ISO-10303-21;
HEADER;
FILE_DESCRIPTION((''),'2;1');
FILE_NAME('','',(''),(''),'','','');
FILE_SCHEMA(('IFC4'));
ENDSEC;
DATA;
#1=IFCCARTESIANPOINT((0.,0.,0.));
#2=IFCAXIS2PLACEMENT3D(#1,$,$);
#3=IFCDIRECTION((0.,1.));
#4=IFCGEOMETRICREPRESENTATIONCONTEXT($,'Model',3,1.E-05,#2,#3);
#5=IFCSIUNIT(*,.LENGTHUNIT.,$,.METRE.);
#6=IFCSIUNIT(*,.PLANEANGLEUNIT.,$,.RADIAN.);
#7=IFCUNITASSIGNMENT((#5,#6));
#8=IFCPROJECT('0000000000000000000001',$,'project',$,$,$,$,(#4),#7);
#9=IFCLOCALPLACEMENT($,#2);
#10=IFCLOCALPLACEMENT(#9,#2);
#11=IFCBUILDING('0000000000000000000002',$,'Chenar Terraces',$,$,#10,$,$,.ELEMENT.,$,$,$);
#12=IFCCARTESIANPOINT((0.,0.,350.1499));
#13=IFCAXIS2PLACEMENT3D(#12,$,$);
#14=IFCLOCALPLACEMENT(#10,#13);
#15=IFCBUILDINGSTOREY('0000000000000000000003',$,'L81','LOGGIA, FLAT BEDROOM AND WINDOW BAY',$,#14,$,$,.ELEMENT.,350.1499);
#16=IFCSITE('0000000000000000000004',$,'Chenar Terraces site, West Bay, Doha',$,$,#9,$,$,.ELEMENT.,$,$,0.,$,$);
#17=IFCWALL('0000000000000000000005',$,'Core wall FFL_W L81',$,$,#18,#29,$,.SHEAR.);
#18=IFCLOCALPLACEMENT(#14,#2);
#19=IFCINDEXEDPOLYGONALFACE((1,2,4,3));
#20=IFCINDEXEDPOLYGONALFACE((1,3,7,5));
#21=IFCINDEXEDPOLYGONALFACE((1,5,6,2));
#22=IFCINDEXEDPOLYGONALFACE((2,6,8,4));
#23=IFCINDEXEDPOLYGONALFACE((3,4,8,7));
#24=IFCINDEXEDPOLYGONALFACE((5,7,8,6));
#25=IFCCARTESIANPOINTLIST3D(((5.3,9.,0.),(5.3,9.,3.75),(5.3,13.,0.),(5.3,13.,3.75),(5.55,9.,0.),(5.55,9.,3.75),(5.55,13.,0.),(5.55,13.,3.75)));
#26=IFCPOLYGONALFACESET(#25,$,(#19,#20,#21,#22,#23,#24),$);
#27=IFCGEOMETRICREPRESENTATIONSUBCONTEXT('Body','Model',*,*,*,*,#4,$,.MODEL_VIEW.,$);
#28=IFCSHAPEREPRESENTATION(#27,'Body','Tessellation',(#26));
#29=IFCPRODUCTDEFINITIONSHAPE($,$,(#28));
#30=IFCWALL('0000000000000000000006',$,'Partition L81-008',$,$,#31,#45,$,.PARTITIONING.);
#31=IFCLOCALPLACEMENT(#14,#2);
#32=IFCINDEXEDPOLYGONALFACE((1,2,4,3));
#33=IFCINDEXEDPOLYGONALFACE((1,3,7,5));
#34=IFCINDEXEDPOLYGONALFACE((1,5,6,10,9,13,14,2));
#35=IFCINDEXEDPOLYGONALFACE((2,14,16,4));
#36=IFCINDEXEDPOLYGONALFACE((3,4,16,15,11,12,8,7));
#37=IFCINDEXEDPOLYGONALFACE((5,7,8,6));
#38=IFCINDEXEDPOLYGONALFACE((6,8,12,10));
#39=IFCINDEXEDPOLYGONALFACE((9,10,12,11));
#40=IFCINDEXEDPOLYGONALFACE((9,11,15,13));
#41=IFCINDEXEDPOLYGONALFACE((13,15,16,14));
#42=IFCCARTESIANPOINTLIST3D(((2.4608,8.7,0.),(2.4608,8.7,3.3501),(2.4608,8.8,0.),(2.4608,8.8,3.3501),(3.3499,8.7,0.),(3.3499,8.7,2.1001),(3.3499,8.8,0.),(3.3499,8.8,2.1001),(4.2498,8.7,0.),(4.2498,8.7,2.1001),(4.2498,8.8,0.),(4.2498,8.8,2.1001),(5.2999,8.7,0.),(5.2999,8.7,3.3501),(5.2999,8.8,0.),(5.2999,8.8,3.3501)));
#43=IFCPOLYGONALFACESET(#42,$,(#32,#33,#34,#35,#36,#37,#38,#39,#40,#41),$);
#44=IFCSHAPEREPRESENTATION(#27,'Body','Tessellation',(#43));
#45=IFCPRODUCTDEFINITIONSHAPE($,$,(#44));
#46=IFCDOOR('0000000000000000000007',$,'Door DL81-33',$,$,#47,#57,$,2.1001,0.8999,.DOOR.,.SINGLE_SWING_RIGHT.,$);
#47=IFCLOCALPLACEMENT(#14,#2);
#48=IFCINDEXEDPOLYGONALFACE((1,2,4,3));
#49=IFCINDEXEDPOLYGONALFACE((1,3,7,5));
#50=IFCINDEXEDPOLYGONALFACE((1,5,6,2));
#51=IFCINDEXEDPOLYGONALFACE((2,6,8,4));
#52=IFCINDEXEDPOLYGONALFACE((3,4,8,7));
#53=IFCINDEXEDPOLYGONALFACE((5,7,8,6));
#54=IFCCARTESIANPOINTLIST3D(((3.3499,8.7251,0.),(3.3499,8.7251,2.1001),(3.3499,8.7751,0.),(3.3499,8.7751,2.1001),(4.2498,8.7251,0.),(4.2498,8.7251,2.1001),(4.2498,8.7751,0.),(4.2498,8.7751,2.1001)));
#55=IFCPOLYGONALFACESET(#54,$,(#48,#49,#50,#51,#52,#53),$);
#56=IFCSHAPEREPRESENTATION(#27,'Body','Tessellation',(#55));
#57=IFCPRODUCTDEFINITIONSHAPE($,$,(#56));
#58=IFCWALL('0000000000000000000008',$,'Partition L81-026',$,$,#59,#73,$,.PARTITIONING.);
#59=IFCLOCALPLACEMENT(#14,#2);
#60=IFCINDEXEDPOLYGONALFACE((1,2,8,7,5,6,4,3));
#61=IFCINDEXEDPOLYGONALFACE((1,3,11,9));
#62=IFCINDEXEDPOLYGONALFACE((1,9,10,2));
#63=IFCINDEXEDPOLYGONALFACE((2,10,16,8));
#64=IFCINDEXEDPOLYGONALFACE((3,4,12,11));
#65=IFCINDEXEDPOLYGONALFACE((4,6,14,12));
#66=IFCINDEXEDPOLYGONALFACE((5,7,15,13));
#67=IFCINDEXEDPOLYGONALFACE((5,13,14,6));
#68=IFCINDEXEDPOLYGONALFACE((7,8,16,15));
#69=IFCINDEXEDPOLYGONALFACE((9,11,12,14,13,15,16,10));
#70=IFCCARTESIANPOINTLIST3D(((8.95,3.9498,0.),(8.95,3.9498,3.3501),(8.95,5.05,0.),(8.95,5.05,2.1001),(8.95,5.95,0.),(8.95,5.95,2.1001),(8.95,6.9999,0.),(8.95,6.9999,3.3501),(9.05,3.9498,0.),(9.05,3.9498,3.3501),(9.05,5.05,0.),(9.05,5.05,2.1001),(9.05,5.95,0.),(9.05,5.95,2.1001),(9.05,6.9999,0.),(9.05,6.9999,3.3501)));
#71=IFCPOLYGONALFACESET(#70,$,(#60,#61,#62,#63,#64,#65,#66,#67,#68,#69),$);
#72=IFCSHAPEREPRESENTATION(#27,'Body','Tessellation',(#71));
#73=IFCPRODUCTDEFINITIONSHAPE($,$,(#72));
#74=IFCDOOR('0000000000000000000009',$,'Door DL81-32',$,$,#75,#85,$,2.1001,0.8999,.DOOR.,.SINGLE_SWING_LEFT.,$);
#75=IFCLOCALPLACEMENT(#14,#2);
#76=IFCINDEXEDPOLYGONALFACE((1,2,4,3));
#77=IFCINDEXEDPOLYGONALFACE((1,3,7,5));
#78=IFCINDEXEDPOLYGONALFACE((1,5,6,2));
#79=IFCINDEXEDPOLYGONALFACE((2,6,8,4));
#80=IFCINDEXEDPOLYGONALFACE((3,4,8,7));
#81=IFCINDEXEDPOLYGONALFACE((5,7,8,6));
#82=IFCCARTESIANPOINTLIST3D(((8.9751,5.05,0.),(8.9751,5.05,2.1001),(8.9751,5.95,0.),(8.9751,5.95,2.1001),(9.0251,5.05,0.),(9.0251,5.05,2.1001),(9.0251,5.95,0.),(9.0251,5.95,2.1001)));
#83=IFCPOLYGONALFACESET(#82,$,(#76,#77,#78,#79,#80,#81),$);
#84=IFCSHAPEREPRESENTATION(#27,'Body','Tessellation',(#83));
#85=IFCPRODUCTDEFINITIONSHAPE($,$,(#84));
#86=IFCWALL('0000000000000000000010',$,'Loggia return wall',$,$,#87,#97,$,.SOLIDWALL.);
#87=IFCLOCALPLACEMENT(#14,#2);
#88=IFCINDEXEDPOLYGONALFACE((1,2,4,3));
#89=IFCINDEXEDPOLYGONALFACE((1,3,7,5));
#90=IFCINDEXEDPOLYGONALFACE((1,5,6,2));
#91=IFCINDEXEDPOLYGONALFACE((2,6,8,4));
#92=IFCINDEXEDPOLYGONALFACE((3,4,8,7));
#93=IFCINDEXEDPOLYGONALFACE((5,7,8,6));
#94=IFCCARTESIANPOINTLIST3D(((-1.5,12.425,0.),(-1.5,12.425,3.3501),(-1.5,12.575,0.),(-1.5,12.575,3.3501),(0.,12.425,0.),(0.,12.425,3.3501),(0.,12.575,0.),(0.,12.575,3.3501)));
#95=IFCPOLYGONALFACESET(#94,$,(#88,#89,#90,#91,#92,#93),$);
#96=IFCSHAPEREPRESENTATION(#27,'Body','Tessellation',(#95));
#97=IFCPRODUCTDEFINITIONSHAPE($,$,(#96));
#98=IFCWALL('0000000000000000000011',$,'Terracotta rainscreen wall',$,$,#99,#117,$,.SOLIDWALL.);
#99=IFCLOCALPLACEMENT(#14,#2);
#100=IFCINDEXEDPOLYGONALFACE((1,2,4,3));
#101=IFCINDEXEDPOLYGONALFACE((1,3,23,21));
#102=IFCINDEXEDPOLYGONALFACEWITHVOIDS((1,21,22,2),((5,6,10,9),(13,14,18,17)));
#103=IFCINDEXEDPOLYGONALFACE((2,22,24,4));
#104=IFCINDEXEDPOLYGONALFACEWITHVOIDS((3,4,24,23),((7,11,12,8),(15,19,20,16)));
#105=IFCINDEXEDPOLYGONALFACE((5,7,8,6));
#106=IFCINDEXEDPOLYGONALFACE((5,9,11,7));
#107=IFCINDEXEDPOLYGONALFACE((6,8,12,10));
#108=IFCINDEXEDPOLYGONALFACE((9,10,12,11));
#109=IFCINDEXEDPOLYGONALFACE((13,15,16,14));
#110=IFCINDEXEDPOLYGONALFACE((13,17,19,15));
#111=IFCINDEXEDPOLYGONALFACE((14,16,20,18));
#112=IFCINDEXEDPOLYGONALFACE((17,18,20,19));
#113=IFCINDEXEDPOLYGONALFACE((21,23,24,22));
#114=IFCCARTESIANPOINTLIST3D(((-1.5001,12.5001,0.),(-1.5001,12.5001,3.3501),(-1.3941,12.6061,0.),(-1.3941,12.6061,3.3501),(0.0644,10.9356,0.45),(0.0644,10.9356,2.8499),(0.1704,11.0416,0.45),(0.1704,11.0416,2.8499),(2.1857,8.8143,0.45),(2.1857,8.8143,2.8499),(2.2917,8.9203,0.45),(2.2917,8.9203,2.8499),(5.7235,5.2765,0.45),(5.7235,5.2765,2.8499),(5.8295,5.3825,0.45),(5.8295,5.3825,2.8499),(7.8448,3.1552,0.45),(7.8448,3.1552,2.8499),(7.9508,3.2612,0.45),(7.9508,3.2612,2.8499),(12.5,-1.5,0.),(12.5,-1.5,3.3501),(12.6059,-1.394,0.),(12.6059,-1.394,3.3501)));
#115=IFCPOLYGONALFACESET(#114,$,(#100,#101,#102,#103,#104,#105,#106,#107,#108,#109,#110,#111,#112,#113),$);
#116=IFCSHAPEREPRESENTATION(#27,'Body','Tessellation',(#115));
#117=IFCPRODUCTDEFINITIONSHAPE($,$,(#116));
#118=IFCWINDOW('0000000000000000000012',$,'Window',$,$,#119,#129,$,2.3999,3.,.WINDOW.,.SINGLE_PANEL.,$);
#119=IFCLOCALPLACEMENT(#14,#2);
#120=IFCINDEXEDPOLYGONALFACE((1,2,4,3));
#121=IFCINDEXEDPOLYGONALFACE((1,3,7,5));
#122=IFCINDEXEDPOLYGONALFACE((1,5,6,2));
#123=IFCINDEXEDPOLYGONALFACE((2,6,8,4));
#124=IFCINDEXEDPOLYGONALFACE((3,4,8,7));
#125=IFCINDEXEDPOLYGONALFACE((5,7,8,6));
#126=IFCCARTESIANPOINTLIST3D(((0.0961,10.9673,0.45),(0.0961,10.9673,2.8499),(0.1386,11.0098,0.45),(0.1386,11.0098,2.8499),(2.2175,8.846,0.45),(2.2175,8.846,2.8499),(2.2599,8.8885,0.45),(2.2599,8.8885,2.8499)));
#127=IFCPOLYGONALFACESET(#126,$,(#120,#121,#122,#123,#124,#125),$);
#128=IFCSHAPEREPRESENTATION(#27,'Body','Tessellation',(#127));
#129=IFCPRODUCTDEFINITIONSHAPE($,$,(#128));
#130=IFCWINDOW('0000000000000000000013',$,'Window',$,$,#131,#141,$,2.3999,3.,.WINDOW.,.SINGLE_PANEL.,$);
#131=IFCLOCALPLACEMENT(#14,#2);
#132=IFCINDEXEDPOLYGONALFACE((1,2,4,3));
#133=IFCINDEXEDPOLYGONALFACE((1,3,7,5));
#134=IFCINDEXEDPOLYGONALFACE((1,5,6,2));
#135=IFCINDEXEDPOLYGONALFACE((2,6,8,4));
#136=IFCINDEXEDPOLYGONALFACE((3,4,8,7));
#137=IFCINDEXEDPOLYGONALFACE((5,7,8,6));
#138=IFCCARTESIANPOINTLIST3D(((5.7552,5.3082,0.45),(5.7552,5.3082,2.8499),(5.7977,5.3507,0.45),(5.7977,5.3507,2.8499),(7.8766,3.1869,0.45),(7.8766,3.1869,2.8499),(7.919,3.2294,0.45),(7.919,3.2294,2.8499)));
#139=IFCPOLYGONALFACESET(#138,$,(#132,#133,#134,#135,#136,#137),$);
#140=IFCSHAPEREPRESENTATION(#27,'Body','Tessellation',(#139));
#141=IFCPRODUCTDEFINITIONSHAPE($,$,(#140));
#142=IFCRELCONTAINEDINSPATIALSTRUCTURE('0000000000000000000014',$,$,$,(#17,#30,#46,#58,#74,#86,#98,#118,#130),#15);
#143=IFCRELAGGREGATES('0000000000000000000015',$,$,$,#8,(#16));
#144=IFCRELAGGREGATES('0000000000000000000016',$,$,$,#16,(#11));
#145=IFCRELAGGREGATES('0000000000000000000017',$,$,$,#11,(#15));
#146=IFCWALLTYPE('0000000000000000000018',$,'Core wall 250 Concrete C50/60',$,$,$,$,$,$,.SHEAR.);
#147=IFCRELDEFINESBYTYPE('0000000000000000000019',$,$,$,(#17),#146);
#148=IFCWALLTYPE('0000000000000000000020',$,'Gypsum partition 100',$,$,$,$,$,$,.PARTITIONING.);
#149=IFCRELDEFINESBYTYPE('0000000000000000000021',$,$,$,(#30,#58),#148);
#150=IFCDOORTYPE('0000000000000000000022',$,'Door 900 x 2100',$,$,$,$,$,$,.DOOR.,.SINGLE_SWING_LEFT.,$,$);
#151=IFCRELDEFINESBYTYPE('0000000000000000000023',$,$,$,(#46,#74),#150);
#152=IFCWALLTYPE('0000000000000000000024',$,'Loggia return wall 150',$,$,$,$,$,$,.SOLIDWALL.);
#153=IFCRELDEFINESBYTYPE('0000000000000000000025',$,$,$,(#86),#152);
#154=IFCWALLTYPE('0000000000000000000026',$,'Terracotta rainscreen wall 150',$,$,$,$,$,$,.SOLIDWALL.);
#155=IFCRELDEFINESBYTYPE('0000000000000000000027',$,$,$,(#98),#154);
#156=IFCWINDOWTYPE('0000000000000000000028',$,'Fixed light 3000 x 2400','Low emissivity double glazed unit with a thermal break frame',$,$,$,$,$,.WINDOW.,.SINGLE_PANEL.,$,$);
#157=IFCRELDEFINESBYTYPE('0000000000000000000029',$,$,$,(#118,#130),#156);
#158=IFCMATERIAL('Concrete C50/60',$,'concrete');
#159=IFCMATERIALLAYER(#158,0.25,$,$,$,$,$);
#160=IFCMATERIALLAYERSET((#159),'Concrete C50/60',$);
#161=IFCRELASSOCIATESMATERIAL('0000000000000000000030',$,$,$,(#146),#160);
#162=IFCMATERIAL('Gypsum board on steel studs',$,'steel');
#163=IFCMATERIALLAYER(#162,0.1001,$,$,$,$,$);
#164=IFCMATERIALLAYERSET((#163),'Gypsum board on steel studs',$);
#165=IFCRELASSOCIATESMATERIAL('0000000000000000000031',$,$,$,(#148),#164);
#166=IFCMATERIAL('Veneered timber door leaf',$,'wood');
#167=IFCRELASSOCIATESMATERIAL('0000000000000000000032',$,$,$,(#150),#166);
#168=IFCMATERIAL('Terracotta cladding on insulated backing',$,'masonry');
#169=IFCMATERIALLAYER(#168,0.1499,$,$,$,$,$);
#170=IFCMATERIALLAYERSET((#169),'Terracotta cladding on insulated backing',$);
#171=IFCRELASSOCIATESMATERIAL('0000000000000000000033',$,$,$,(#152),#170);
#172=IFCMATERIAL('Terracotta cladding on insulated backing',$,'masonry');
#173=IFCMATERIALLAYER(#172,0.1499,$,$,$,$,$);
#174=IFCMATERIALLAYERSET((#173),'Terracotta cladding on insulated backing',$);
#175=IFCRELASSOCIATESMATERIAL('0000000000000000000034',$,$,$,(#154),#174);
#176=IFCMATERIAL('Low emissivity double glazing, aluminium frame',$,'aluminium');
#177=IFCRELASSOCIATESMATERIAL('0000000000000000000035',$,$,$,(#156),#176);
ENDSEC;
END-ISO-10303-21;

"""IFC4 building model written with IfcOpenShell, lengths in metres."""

from ifc_helpers import new_model, si_unit, direction, frame, frame_2d, origin, place, context, subcontext, project, spatial, rectangle, extrude, material, layer, layer_set, type_object, element, fill, save


model = new_model("IFC4")

# Units and contexts
model_context = context("Model", 3, precision=1e-05, world=origin(), true_north=direction((0.0, 1.0)))
body_context = subcontext(model_context, "Body", "Model", "MODEL_VIEW")
ifc_project = project(units=[si_unit("LENGTHUNIT", "METRE"), si_unit("PLANEANGLEUNIT", "RADIAN")], contexts=[model_context])

# Site, building, storey
site_placement = place(None, origin())
site = spatial("IfcSite", under=ifc_project, at=site_placement, Name="Chenar Terraces site, West Bay, Doha", CompositionType="ELEMENT", RefElevation=0.0)
building_placement = place(site_placement, origin())
building = spatial("IfcBuilding", under=site, at=building_placement, Name="Chenar Terraces", CompositionType="ELEMENT")
storey_placement = place(building_placement, frame((0.0, 0.0, 350.1499)))
storey = spatial("IfcBuildingStorey", under=building, at=storey_placement, Name="L81", Description="LOGGIA, FLAT BEDROOM AND WINDOW BAY", CompositionType="ELEMENT", Elevation=350.1499)

# Wall
ifc_material_1 = material(Name="Concrete C50/60", Category="concrete")
ifc_layer_1 = layer(ifc_material_1, 0.25)
ifc_layer_set_1 = layer_set([ifc_layer_1], Name="Concrete C50/60")
wall_type_1 = type_object("IfcWallType", Name="Core wall 250 Concrete C50/60", PredefinedType="SHEAR", material=ifc_layer_set_1)
wall_1_placement = place(storey_placement, frame((5.425, 9.0, 0.0), z_axis=(0.0, 0.0, 1.0), x_axis=(0.0, 1.0, 0.0)))
element("IfcWall", 1, at=wall_1_placement, inside=storey, type_object=wall_type_1, Name="Core wall FFL_W L81", PredefinedType="SHEAR", context=body_context, shape_type="SweptSolid", body=[
    extrude(rectangle(XDim=4.0, YDim=0.25, at=frame_2d((2.0, 0.0))), origin(), (0.0, 0.0, 1.0), 3.75),
])

# Walls, openings, doors
ifc_material_2 = material(Name="Gypsum board on steel studs", Category="steel")
ifc_layer_2 = layer(ifc_material_2, 0.1001)
ifc_layer_set_2 = layer_set([ifc_layer_2], Name="Gypsum board on steel studs")
wall_type_2 = type_object("IfcWallType", Name="Gypsum partition 100", PredefinedType="PARTITIONING", material=ifc_layer_set_2)
wall_2_placement = place(storey_placement, frame((2.4609, 8.75, 0.0), z_axis=(0.0, 0.0, 1.0), x_axis=(1.0, 0.0, 0.0)))
wall_2 = element("IfcWall", 2, at=wall_2_placement, inside=storey, type_object=wall_type_2, Name="Partition L81-008", PredefinedType="PARTITIONING", context=body_context, shape_type="SweptSolid", body=[
    extrude(rectangle(XDim=2.8391, YDim=0.1001, at=frame_2d((1.4194, 0.0))), origin(), (0.0, 0.0, 1.0), 3.3501),
])
opening_1_placement = place(wall_2_placement, frame((0.8889, 0.0, 0.0)))
opening_1 = element("IfcOpeningElement", 3, at=opening_1_placement, cuts=wall_2, PredefinedType="OPENING", context=body_context, shape_type="SweptSolid", body=[
    extrude(rectangle(XDim=0.8999, YDim=2.1001, at=frame_2d((0.45, 1.05))), frame((0.0, 0.0601, 0.0), z_axis=(0.0, -1.0, 0.0), x_axis=(1.0, 0.0, 0.0)), (0.0, 0.0, 1.0), 0.1201),
])
ifc_material_3 = material(Name="Veneered timber door leaf", Category="wood")
door_type = type_object("IfcDoorType", Name="Door 900 x 2100", OperationType="SINGLE_SWING_LEFT", PredefinedType="DOOR", material=ifc_material_3)
door_1_placement = place(opening_1_placement, frame((0.8999, 0.0, 0.0), z_axis=(0.0, 0.0, 1.0), x_axis=(-1.0, 0.0, 0.0)))
door_1 = element("IfcDoor", 4, at=door_1_placement, inside=storey, type_object=door_type, Name="Door DL81-33", OperationType="SINGLE_SWING_RIGHT", OverallHeight=2.1001, OverallWidth=0.8999, PredefinedType="DOOR", context=body_context, shape_type="SweptSolid", body=[
    extrude(rectangle(XDim=0.8999, YDim=2.1001, at=frame_2d((0.45, 1.05))), frame((0.0, 0.0249, 0.0), z_axis=(0.0, -1.0, 0.0), x_axis=(1.0, 0.0, 0.0)), (0.0, 0.0, 1.0), 0.05),
])
fill(opening_1, door_1)
wall_3_placement = place(storey_placement, frame((9.0, 3.95, 0.0), z_axis=(0.0, 0.0, 1.0), x_axis=(0.0, 1.0, 0.0)))
wall_3 = element("IfcWall", 5, at=wall_3_placement, inside=storey, type_object=wall_type_2, Name="Partition L81-026", PredefinedType="PARTITIONING", context=body_context, shape_type="SweptSolid", body=[
    extrude(rectangle(XDim=3.05, YDim=0.1001, at=frame_2d((1.5249, 0.0))), origin(), (0.0, 0.0, 1.0), 3.3501),
])
opening_2_placement = place(wall_3_placement, frame((1.1001, 0.0, 0.0)))
opening_2 = element("IfcOpeningElement", 6, at=opening_2_placement, cuts=wall_3, PredefinedType="OPENING", context=body_context, shape_type="SweptSolid", body=[
    extrude(rectangle(XDim=0.8999, YDim=2.1001, at=frame_2d((0.45, 1.05))), frame((0.0, 0.0601, 0.0), z_axis=(0.0, -1.0, 0.0), x_axis=(1.0, 0.0, 0.0)), (0.0, 0.0, 1.0), 0.1201),
])
door_2_placement = place(opening_2_placement, origin())
door_2 = element("IfcDoor", 7, at=door_2_placement, inside=storey, type_object=door_type, Name="Door DL81-32", OperationType="SINGLE_SWING_LEFT", OverallHeight=2.1001, OverallWidth=0.8999, PredefinedType="DOOR", context=body_context, shape_type="SweptSolid", body=[
    extrude(rectangle(XDim=0.8999, YDim=2.1001, at=frame_2d((0.45, 1.05))), frame((0.0, 0.0249, 0.0), z_axis=(0.0, -1.0, 0.0), x_axis=(1.0, 0.0, 0.0)), (0.0, 0.0, 1.0), 0.05),
])
fill(opening_2, door_2)

# Wall
ifc_material_4 = material(Name="Terracotta cladding on insulated backing", Category="masonry")
ifc_layer_3 = layer(ifc_material_4, 0.1499)
ifc_layer_set_3 = layer_set([ifc_layer_3], Name="Terracotta cladding on insulated backing")
wall_type_3 = type_object("IfcWallType", Name="Loggia return wall 150", PredefinedType="SOLIDWALL", material=ifc_layer_set_3)
wall_4_placement = place(storey_placement, frame((-1.5, 12.5, 0.0), z_axis=(0.0, 0.0, 1.0), x_axis=(1.0, 0.0, 0.0)))
element("IfcWall", 8, at=wall_4_placement, inside=storey, type_object=wall_type_3, Name="Loggia return wall", PredefinedType="SOLIDWALL", context=body_context, shape_type="SweptSolid", body=[
    extrude(rectangle(XDim=1.5, YDim=0.1499, at=frame_2d((0.75, 0.0))), origin(), (0.0, 0.0, 1.0), 3.3501),
])

# Wall, openings, windows
ifc_material_5 = material(Name="Terracotta cladding on insulated backing", Category="masonry")
ifc_layer_4 = layer(ifc_material_5, 0.1499)
ifc_layer_set_4 = layer_set([ifc_layer_4], Name="Terracotta cladding on insulated backing")
wall_type_4 = type_object("IfcWallType", Name="Terracotta rainscreen wall 150", PredefinedType="SOLIDWALL", material=ifc_layer_set_4)
wall_5_placement = place(storey_placement, frame((-1.447, 12.553, 0.0), z_axis=(0.0, 0.0, 1.0), x_axis=(0.707107, -0.707107, 0.0)))
wall_5 = element("IfcWall", 9, at=wall_5_placement, inside=storey, type_object=wall_type_4, Name="Terracotta rainscreen wall", PredefinedType="SOLIDWALL", context=body_context, shape_type="SweptSolid", body=[
    extrude(rectangle(XDim=19.7991, YDim=0.1499, at=frame_2d((9.8994, 0.0))), origin(), (0.0, 0.0, 1.0), 3.3501),
])
opening_3_placement = place(wall_5_placement, frame((2.2124, 0.0, 0.45)))
opening_3 = element("IfcOpeningElement", 10, at=opening_3_placement, cuts=wall_5, PredefinedType="OPENING", context=body_context, shape_type="SweptSolid", body=[
    extrude(rectangle(XDim=3.0, YDim=2.3999, at=frame_2d((1.5, 1.2))), frame((0.0, 0.085, 0.0), z_axis=(0.0, -1.0, 0.0), x_axis=(1.0, 0.0, 0.0)), (0.0, 0.0, 1.0), 0.1699),
])
opening_4_placement = place(wall_5_placement, frame((10.2156, 0.0, 0.45)))
opening_4 = element("IfcOpeningElement", 11, at=opening_4_placement, cuts=wall_5, PredefinedType="OPENING", context=body_context, shape_type="SweptSolid", body=[
    extrude(rectangle(XDim=3.0, YDim=2.3999, at=frame_2d((1.5, 1.2))), frame((0.0, 0.085, 0.0), z_axis=(0.0, -1.0, 0.0), x_axis=(1.0, 0.0, 0.0)), (0.0, 0.0, 1.0), 0.1699),
])
ifc_material_6 = material(Name="Low emissivity double glazing, aluminium frame", Category="aluminium")
window_type = type_object("IfcWindowType", Name="Fixed light 3000 x 2400", Description="Low emissivity double glazed unit with a thermal break frame", PartitioningType="SINGLE_PANEL", PredefinedType="WINDOW", material=ifc_material_6)
window_1_placement = place(opening_3_placement, origin())
window_1 = element("IfcWindow", 12, at=window_1_placement, inside=storey, type_object=window_type, Name="Window", OverallHeight=2.3999, OverallWidth=3.0, PartitioningType="SINGLE_PANEL", PredefinedType="WINDOW", context=body_context, shape_type="SweptSolid", body=[
    extrude(rectangle(XDim=3.0, YDim=2.3999, at=frame_2d((1.5, 1.2))), frame((0.0, 0.03, 0.0), z_axis=(0.0, -1.0, 0.0), x_axis=(1.0, 0.0, 0.0)), (0.0, 0.0, 1.0), 0.0601),
])
fill(opening_3, window_1)
window_2_placement = place(opening_4_placement, origin())
window_2 = element("IfcWindow", 13, at=window_2_placement, inside=storey, type_object=window_type, Name="Window", OverallHeight=2.3999, OverallWidth=3.0, PartitioningType="SINGLE_PANEL", PredefinedType="WINDOW", context=body_context, shape_type="SweptSolid", body=[
    extrude(rectangle(XDim=3.0, YDim=2.3999, at=frame_2d((1.5, 1.2))), frame((0.0, 0.03, 0.0), z_axis=(0.0, -1.0, 0.0), x_axis=(1.0, 0.0, 0.0)), (0.0, 0.0, 1.0), 0.0601),
])
fill(opening_4, window_2)

save(model, "model.ifc")
